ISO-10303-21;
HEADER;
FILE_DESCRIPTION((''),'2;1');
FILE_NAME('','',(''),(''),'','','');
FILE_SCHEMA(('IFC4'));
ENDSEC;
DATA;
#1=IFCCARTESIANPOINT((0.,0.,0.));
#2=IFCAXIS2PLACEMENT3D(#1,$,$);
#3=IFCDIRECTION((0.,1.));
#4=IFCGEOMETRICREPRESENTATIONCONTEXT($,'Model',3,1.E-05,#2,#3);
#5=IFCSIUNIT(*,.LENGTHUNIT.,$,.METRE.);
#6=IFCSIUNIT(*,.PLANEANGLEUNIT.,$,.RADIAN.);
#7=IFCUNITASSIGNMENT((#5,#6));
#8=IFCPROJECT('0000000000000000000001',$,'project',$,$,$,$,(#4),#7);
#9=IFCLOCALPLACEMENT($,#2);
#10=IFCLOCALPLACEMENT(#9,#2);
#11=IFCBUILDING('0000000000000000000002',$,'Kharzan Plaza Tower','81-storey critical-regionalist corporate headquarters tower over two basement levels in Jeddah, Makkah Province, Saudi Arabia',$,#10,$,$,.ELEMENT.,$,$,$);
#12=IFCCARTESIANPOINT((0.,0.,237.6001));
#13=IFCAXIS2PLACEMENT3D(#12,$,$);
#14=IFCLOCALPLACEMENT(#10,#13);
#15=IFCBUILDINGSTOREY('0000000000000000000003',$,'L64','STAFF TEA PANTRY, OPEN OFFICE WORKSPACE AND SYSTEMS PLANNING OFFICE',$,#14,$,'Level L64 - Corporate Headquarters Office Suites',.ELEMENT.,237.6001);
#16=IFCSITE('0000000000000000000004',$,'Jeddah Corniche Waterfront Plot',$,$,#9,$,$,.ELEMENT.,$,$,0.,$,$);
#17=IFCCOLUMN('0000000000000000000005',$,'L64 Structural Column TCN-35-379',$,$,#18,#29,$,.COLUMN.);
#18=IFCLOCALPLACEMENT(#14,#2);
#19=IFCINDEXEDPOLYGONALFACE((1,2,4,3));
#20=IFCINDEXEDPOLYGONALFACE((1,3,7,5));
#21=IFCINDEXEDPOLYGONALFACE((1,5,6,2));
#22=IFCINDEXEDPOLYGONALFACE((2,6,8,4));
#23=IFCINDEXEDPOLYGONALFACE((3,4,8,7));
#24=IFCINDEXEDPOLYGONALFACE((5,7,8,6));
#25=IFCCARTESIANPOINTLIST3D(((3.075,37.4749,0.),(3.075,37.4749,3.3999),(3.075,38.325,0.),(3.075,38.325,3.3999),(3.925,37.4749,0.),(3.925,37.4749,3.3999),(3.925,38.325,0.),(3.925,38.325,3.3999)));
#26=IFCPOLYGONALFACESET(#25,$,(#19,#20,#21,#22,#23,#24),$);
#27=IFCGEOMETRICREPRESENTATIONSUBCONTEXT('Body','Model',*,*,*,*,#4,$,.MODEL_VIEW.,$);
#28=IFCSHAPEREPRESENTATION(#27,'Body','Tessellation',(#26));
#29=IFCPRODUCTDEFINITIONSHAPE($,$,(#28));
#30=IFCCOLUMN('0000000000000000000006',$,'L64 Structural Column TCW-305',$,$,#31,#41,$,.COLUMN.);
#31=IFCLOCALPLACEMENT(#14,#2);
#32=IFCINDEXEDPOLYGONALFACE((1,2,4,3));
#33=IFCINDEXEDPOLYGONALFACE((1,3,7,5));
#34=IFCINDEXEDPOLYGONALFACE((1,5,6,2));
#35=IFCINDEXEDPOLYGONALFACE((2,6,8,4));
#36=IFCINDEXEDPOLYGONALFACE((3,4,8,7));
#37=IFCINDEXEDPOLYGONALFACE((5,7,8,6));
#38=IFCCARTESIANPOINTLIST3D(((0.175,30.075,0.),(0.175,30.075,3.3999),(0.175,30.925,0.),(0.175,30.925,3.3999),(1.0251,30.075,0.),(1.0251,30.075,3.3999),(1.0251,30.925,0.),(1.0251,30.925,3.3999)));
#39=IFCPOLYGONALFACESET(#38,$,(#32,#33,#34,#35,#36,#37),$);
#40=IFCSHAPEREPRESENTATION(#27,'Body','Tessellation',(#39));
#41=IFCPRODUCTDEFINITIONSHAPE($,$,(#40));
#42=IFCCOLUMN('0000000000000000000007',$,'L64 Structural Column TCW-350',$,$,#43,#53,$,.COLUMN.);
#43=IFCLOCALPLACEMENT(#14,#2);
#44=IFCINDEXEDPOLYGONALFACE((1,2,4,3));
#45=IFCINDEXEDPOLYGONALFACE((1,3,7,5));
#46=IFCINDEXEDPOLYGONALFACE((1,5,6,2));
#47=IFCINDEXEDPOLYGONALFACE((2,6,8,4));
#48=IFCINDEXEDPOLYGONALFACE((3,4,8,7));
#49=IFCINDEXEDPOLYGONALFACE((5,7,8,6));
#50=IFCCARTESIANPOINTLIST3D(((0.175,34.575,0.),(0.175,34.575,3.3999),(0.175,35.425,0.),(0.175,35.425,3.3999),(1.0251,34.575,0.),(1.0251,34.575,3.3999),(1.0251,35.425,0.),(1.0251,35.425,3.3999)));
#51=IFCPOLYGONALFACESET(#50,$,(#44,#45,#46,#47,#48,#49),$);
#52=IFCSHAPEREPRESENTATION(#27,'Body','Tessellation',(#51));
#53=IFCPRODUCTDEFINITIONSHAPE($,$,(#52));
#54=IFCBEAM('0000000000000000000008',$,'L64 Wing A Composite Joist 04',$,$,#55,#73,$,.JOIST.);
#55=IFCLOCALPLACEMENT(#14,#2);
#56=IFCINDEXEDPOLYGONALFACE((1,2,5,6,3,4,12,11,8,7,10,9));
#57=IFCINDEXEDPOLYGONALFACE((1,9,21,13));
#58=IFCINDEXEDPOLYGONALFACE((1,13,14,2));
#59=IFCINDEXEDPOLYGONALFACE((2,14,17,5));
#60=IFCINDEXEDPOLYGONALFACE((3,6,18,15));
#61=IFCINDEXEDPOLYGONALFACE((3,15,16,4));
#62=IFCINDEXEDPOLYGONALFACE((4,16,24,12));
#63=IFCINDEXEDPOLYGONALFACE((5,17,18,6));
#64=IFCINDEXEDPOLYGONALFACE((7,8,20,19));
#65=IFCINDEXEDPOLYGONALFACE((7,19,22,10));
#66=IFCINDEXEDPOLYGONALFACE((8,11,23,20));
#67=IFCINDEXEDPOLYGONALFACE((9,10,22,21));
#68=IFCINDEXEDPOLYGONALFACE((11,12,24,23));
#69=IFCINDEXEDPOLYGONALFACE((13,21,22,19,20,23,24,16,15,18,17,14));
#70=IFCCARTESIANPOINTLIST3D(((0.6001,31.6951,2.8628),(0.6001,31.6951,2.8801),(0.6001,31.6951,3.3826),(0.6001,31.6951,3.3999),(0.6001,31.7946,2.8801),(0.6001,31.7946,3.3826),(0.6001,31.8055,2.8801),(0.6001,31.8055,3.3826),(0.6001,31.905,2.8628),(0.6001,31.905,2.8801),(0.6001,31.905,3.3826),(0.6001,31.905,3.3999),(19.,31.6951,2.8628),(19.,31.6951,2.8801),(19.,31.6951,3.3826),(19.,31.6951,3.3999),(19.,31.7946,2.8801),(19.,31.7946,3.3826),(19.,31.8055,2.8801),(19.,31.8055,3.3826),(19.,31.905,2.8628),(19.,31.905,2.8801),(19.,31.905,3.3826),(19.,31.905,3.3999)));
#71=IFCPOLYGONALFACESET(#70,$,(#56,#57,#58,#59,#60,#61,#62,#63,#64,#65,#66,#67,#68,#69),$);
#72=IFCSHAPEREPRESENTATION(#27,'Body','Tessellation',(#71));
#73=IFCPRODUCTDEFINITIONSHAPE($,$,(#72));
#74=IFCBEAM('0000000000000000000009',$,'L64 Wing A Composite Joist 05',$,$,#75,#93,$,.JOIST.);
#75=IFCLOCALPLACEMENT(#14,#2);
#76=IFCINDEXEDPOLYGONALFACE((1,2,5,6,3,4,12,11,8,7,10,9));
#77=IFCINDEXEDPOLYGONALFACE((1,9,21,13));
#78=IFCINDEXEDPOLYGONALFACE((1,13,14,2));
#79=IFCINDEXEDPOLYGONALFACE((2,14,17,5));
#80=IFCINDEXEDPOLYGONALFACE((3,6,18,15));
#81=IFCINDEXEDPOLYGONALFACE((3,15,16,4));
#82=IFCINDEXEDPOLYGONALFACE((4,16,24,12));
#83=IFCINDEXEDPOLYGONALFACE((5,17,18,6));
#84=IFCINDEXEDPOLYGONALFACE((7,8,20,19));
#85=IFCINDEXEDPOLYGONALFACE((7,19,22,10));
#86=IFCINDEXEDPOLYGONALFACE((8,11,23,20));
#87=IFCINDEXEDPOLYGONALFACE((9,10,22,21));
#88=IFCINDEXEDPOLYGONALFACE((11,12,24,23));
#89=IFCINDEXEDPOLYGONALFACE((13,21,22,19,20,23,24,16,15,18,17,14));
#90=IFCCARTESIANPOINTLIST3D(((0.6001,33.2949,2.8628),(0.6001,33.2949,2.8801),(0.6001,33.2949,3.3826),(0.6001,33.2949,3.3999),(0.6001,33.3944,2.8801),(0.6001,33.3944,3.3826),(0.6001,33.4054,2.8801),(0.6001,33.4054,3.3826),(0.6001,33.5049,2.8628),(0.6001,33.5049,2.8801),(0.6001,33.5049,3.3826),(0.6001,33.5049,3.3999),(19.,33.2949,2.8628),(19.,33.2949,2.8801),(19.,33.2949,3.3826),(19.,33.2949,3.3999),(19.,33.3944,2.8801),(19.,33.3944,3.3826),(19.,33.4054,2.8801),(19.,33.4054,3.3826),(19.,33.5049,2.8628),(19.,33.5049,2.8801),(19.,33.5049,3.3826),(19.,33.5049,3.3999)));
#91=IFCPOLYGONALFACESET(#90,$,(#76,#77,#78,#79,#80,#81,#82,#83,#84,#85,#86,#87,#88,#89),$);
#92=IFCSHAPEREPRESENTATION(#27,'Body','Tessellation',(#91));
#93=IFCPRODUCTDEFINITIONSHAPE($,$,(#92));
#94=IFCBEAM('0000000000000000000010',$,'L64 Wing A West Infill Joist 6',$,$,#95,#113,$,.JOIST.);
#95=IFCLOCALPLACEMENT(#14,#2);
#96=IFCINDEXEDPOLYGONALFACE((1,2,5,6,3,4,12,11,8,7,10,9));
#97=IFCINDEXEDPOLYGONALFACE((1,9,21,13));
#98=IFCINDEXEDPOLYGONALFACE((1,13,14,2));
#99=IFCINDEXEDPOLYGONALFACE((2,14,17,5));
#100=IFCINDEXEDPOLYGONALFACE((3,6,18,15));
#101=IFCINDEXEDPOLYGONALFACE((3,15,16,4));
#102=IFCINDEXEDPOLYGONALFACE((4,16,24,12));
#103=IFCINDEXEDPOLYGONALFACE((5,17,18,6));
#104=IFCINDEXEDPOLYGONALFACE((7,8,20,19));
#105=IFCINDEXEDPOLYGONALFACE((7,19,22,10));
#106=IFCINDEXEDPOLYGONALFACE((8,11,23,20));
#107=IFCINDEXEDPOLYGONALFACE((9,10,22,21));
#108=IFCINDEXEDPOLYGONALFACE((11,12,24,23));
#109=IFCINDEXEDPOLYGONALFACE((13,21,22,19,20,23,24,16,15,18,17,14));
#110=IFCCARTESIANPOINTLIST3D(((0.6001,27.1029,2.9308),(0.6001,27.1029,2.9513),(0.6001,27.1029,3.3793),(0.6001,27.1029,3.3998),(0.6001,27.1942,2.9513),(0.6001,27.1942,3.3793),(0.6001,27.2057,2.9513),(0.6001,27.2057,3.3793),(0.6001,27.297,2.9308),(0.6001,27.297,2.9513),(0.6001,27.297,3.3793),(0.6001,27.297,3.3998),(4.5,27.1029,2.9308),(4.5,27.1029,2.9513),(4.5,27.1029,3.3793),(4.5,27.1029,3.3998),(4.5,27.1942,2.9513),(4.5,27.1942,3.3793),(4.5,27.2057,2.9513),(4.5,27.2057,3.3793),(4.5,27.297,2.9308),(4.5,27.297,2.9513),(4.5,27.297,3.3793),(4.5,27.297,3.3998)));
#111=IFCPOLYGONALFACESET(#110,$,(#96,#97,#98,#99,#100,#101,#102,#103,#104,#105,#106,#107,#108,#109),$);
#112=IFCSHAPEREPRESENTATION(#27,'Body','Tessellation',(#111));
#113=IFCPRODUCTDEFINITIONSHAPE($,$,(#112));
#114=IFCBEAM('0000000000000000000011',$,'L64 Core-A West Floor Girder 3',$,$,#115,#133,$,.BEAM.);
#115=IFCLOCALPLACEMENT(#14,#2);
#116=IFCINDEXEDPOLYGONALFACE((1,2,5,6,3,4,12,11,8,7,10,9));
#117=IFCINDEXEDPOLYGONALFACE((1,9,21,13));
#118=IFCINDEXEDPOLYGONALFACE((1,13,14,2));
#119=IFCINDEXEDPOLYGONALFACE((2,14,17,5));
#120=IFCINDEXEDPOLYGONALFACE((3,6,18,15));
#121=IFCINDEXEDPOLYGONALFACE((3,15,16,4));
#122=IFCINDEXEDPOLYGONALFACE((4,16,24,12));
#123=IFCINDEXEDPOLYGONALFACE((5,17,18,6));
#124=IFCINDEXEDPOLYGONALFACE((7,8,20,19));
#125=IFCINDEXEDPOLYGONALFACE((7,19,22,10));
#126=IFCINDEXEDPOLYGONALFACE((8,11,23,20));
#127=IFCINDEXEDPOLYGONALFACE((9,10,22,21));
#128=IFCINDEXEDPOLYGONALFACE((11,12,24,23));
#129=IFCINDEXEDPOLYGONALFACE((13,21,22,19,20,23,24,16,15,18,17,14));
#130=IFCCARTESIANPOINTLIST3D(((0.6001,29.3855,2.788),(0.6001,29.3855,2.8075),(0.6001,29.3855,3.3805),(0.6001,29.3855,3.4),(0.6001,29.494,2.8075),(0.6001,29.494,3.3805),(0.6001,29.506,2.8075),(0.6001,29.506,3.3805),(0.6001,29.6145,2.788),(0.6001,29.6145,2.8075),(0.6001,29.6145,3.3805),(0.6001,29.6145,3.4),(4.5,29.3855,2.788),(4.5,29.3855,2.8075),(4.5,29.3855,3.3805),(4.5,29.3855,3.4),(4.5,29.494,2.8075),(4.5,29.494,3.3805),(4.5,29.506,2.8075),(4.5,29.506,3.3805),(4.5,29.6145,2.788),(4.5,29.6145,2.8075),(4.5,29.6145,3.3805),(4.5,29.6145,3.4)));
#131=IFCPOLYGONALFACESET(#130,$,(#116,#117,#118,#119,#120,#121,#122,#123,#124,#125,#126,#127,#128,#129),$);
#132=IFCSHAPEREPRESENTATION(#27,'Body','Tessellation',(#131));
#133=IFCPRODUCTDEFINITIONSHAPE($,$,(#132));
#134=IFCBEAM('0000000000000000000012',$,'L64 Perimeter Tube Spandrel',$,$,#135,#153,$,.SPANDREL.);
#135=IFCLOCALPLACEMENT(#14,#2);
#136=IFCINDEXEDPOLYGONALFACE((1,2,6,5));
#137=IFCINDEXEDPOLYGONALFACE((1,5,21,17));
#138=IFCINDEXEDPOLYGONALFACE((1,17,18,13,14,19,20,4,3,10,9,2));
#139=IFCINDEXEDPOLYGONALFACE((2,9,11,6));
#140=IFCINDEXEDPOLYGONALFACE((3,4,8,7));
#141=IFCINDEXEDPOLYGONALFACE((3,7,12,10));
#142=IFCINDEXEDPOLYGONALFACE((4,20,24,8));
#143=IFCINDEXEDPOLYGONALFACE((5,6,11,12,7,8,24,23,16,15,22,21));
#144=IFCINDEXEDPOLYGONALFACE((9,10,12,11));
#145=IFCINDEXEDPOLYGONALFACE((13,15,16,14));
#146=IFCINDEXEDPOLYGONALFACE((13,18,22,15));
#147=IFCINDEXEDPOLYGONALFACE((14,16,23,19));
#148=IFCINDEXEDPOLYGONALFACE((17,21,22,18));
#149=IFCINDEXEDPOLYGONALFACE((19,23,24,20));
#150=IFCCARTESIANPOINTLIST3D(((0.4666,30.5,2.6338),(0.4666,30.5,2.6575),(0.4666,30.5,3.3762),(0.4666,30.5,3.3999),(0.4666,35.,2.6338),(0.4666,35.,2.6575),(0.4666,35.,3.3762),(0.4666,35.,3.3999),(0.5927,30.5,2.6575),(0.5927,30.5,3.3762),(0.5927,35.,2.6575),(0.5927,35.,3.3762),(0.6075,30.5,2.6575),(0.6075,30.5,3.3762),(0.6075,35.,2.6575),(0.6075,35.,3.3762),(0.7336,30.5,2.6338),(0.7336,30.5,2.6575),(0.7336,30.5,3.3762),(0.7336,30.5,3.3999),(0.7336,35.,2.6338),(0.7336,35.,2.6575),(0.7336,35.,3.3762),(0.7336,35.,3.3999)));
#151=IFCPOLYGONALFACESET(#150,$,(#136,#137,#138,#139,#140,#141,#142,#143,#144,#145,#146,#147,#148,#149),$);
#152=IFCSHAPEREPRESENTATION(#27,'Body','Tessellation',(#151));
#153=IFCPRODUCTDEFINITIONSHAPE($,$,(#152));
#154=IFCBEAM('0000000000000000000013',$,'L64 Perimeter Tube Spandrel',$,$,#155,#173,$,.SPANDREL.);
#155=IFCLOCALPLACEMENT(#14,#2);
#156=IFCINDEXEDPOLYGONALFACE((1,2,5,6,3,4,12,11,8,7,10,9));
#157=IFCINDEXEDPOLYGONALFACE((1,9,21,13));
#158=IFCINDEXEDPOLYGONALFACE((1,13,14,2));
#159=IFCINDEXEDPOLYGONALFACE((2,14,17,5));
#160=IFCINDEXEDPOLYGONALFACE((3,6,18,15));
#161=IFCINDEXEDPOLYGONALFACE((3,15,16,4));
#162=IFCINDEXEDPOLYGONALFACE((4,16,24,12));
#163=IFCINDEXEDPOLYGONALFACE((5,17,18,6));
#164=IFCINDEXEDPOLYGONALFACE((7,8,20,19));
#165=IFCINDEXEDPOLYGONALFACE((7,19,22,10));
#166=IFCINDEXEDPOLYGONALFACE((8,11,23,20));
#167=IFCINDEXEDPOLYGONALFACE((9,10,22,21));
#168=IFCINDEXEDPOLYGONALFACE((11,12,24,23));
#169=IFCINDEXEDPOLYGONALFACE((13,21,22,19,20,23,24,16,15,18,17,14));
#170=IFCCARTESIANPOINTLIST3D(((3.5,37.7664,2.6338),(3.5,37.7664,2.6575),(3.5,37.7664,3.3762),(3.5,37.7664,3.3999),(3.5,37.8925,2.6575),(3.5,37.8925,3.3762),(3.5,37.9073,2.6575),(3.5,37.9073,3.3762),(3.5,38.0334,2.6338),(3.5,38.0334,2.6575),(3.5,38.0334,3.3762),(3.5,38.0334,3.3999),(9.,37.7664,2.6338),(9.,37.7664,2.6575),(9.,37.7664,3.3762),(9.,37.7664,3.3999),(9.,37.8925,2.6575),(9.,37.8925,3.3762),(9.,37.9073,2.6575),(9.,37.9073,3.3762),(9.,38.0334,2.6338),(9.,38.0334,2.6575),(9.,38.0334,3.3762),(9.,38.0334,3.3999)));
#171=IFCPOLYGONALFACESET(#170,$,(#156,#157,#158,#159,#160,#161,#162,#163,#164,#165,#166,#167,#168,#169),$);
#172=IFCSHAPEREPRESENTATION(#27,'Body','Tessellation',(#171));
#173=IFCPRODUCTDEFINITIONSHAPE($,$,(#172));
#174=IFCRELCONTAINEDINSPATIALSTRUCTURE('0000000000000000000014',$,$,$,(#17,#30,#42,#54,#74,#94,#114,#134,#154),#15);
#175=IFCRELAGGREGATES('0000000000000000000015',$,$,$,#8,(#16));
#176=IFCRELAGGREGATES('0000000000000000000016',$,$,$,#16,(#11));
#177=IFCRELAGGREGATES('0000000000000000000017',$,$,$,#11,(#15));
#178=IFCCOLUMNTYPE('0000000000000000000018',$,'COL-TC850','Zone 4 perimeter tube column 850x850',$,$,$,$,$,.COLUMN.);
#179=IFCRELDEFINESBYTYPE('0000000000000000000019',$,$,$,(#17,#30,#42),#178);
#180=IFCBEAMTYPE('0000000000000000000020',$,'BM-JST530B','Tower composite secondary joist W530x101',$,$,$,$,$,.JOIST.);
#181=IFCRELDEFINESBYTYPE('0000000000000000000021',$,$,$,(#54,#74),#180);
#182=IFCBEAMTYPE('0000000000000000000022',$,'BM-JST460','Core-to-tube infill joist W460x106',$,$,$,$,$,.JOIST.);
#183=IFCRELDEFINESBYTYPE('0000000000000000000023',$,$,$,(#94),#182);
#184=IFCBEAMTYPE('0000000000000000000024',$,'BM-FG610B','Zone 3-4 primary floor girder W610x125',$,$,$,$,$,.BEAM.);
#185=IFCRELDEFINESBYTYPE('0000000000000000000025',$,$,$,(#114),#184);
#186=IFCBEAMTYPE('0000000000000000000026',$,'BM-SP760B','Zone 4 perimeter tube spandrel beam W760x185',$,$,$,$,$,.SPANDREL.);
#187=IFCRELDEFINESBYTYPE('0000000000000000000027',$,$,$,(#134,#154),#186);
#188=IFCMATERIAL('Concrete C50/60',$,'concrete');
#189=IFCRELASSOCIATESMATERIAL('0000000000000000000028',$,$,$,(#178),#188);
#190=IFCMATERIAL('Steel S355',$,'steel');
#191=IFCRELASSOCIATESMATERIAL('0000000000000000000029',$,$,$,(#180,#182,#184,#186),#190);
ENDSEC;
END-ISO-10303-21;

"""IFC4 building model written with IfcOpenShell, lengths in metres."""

from ifc_helpers import new_model, si_unit, direction, frame, origin, origin_2d, place, context, subcontext, project, spatial, rectangle, i_section, extrude, source, transform, mapped, material, material_profile, profile_set, type_object, element, save


model = new_model("IFC4")

# Units and contexts
model_context = context("Model", 3, precision=1e-05, world=origin(), true_north=direction((0.0, 1.0)))
body_context = subcontext(model_context, "Body", "Model", "MODEL_VIEW")
ifc_project = project(units=[si_unit("LENGTHUNIT", "METRE"), si_unit("PLANEANGLEUNIT", "RADIAN")], contexts=[model_context])

# Site, building, storey
site_placement = place(None, origin())
site = spatial("IfcSite", under=ifc_project, at=site_placement, Name="Jeddah Corniche Waterfront Plot", CompositionType="ELEMENT", RefElevation=0.0)
building_placement = place(site_placement, origin())
building = spatial("IfcBuilding", under=site, at=building_placement, Name="Kharzan Plaza Tower", Description="81-storey critical-regionalist corporate headquarters tower over two basement levels in Jeddah, Makkah Province, Saudi Arabia", CompositionType="ELEMENT")
storey_placement = place(building_placement, frame((0.0, 0.0, 237.6001)))
storey = spatial("IfcBuildingStorey", under=building, at=storey_placement, Name="L64", Description="STAFF TEA PANTRY, OPEN OFFICE WORKSPACE AND SYSTEMS PLANNING OFFICE", LongName="Level L64 - Corporate Headquarters Office Suites", CompositionType="ELEMENT", Elevation=237.6001)

# Columns
ifc_material_1 = material(Name="Concrete C50/60", Category="concrete")
ifc_material_profile_1 = material_profile(ifc_material_1, rectangle(XDim=0.8501, YDim=0.8501, at=origin_2d()), Name="RC-TC850x850")
ifc_profile_set_1 = profile_set([ifc_material_profile_1], Name="Concrete C50/60")
column_type = type_object("IfcColumnType", Name="COL-TC850", Description="Zone 4 perimeter tube column 850x850", PredefinedType="COLUMN", material=ifc_profile_set_1)
shared_shape_1 = source(origin(), body_context, "Body", "SweptSolid", [
    extrude(rectangle(XDim=0.8501, YDim=0.8501, at=origin_2d()), origin(), (0.0, 0.0, 1.0), 3.3999),
])
for number, where, z_axis, x_axis, name in (
    (1, (3.5, 37.8999, 0.0), (0.0, 0.0, 1.0), (1.0, 0.0, 0.0), "L64 Structural Column TCN-35-379"),
    (2, (0.6001, 30.5, 0.0), (0.0, 0.0, 1.0), (1.0, 0.0, 0.0), "L64 Structural Column TCW-305"),
    (3, (0.6001, 35.0, 0.0), (0.0, 0.0, 1.0), (1.0, 0.0, 0.0), "L64 Structural Column TCW-350"),
):
    element("IfcColumn", number, at=place(storey_placement, frame(where, z_axis=z_axis, x_axis=x_axis)), inside=storey, type_object=column_type, Name=name, PredefinedType="COLUMN", context=body_context, shape_type="MappedRepresentation", body=[
        mapped(shared_shape_1, transform((0.0, 0.0, 0.0), x_axis=(1.0, 0.0, 0.0), y_axis=(0.0, 1.0, 0.0), z_axis=(0.0, 0.0, 1.0))),
    ])

# Beams
ifc_material_2 = material(Name="Steel S355", Category="steel")
ifc_material_profile_2 = material_profile(ifc_material_2, i_section(OverallWidth=0.21, OverallDepth=0.5371, WebThickness=0.011, FlangeThickness=0.0173, at=origin_2d()), Name="W530x101")
ifc_profile_set_2 = profile_set([ifc_material_profile_2], Name="Steel S355")
beam_type_1 = type_object("IfcBeamType", Name="BM-JST530B", Description="Tower composite secondary joist W530x101", PredefinedType="JOIST", material=ifc_profile_set_2)
shared_shape_2 = source(origin(), body_context, "Body", "SweptSolid", [
    extrude(i_section(OverallWidth=0.21, OverallDepth=0.5371, WebThickness=0.011, FlangeThickness=0.0173, at=origin_2d()), origin(), (0.0, 0.0, 1.0), 18.3999),
])
for number, where, z_axis, x_axis, name in (
    (4, (0.6001, 31.8, 3.1313), (1.0, 0.0, 0.0), (0.0, 1.0, 0.0), "L64 Wing A Composite Joist 04"),
    (5, (0.6001, 33.3999, 3.1313), (1.0, 0.0, 0.0), (0.0, 1.0, 0.0), "L64 Wing A Composite Joist 05"),
):
    element("IfcBeam", number, at=place(storey_placement, frame(where, z_axis=z_axis, x_axis=x_axis)), inside=storey, type_object=beam_type_1, Name=name, PredefinedType="JOIST", context=body_context, shape_type="MappedRepresentation", body=[
        mapped(shared_shape_2, transform((0.0, 0.0, 0.0), x_axis=(1.0, 0.0, 0.0), y_axis=(0.0, 1.0, 0.0), z_axis=(0.0, 0.0, 1.0))),
    ])
ifc_material_profile_3 = material_profile(ifc_material_2, i_section(OverallWidth=0.1941, OverallDepth=0.469, WebThickness=0.0115, FlangeThickness=0.0205, at=origin_2d()), Name="W460x106")
ifc_profile_set_3 = profile_set([ifc_material_profile_3], Name="Steel S355")
beam_type_2 = type_object("IfcBeamType", Name="BM-JST460", Description="Core-to-tube infill joist W460x106", PredefinedType="JOIST", material=ifc_profile_set_3)
shared_shape_3 = source(origin(), body_context, "Body", "SweptSolid", [
    extrude(i_section(OverallWidth=0.1941, OverallDepth=0.469, WebThickness=0.0115, FlangeThickness=0.0205, at=origin_2d()), origin(), (0.0, 0.0, 1.0), 3.8999),
])
beam_1_placement = place(storey_placement, frame((0.6001, 27.2, 3.1653), z_axis=(1.0, 0.0, 0.0), x_axis=(0.0, 1.0, 0.0)))
element("IfcBeam", 6, at=beam_1_placement, inside=storey, type_object=beam_type_2, Name="L64 Wing A West Infill Joist 6", PredefinedType="JOIST", context=body_context, shape_type="MappedRepresentation", body=[
    mapped(shared_shape_3, transform((0.0, 0.0, 0.0), x_axis=(1.0, 0.0, 0.0), y_axis=(0.0, 1.0, 0.0), z_axis=(0.0, 0.0, 1.0))),
])
ifc_material_profile_4 = material_profile(ifc_material_2, i_section(OverallWidth=0.229, OverallDepth=0.6121, WebThickness=0.012, FlangeThickness=0.0195, at=origin_2d()), Name="W610x125")
ifc_profile_set_4 = profile_set([ifc_material_profile_4], Name="Steel S355")
beam_type_3 = type_object("IfcBeamType", Name="BM-FG610B", Description="Zone 3-4 primary floor girder W610x125", PredefinedType="BEAM", material=ifc_profile_set_4)
shared_shape_4 = source(origin(), body_context, "Body", "SweptSolid", [
    extrude(i_section(OverallWidth=0.229, OverallDepth=0.6121, WebThickness=0.012, FlangeThickness=0.0195, at=origin_2d()), origin(), (0.0, 0.0, 1.0), 3.8999),
])
beam_2_placement = place(storey_placement, frame((0.6001, 29.5, 3.094), z_axis=(1.0, 0.0, 0.0), x_axis=(0.0, 1.0, 0.0)))
element("IfcBeam", 7, at=beam_2_placement, inside=storey, type_object=beam_type_3, Name="L64 Core-A West Floor Girder 3", PredefinedType="BEAM", context=body_context, shape_type="MappedRepresentation", body=[
    mapped(shared_shape_4, transform((0.0, 0.0, 0.0), x_axis=(1.0, 0.0, 0.0), y_axis=(0.0, 1.0, 0.0), z_axis=(0.0, 0.0, 1.0))),
])
ifc_material_profile_5 = material_profile(ifc_material_2, i_section(OverallWidth=0.2671, OverallDepth=0.7661, WebThickness=0.0149, FlangeThickness=0.0237, at=origin_2d()), Name="W760x185")
ifc_profile_set_5 = profile_set([ifc_material_profile_5], Name="Steel S355")
beam_type_4 = type_object("IfcBeamType", Name="BM-SP760B", Description="Zone 4 perimeter tube spandrel beam W760x185", PredefinedType="SPANDREL", material=ifc_profile_set_5)
shared_shape_5 = source(origin(), body_context, "Body", "SweptSolid", [
    extrude(i_section(OverallWidth=0.2671, OverallDepth=0.7661, WebThickness=0.0149, FlangeThickness=0.0237, at=origin_2d()), origin(), (0.0, 0.0, 1.0), 4.5),
])
beam_3_placement = place(storey_placement, frame((0.6001, 30.5, 3.0168), z_axis=(0.0, 1.0, 0.0), x_axis=(-1.0, 0.0, 0.0)))
element("IfcBeam", 8, at=beam_3_placement, inside=storey, type_object=beam_type_4, Name="L64 Perimeter Tube Spandrel", PredefinedType="SPANDREL", context=body_context, shape_type="MappedRepresentation", body=[
    mapped(shared_shape_5, transform((0.0, 0.0, 0.0), x_axis=(1.0, 0.0, 0.0), y_axis=(0.0, 1.0, 0.0), z_axis=(0.0, 0.0, 1.0))),
])
shared_shape_6 = source(origin(), body_context, "Body", "SweptSolid", [
    extrude(i_section(OverallWidth=0.2671, OverallDepth=0.7661, WebThickness=0.0149, FlangeThickness=0.0237, at=origin_2d()), origin(), (0.0, 0.0, 1.0), 5.5),
])
beam_4_placement = place(storey_placement, frame((3.5, 37.8999, 3.0168), z_axis=(1.0, 0.0, 0.0), x_axis=(0.0, 1.0, 0.0)))
element("IfcBeam", 9, at=beam_4_placement, inside=storey, type_object=beam_type_4, Name="L64 Perimeter Tube Spandrel", PredefinedType="SPANDREL", context=body_context, shape_type="MappedRepresentation", body=[
    mapped(shared_shape_6, transform((0.0, 0.0, 0.0), x_axis=(1.0, 0.0, 0.0), y_axis=(0.0, 1.0, 0.0), z_axis=(0.0, 0.0, 1.0))),
])

save(model, "model.ifc")
